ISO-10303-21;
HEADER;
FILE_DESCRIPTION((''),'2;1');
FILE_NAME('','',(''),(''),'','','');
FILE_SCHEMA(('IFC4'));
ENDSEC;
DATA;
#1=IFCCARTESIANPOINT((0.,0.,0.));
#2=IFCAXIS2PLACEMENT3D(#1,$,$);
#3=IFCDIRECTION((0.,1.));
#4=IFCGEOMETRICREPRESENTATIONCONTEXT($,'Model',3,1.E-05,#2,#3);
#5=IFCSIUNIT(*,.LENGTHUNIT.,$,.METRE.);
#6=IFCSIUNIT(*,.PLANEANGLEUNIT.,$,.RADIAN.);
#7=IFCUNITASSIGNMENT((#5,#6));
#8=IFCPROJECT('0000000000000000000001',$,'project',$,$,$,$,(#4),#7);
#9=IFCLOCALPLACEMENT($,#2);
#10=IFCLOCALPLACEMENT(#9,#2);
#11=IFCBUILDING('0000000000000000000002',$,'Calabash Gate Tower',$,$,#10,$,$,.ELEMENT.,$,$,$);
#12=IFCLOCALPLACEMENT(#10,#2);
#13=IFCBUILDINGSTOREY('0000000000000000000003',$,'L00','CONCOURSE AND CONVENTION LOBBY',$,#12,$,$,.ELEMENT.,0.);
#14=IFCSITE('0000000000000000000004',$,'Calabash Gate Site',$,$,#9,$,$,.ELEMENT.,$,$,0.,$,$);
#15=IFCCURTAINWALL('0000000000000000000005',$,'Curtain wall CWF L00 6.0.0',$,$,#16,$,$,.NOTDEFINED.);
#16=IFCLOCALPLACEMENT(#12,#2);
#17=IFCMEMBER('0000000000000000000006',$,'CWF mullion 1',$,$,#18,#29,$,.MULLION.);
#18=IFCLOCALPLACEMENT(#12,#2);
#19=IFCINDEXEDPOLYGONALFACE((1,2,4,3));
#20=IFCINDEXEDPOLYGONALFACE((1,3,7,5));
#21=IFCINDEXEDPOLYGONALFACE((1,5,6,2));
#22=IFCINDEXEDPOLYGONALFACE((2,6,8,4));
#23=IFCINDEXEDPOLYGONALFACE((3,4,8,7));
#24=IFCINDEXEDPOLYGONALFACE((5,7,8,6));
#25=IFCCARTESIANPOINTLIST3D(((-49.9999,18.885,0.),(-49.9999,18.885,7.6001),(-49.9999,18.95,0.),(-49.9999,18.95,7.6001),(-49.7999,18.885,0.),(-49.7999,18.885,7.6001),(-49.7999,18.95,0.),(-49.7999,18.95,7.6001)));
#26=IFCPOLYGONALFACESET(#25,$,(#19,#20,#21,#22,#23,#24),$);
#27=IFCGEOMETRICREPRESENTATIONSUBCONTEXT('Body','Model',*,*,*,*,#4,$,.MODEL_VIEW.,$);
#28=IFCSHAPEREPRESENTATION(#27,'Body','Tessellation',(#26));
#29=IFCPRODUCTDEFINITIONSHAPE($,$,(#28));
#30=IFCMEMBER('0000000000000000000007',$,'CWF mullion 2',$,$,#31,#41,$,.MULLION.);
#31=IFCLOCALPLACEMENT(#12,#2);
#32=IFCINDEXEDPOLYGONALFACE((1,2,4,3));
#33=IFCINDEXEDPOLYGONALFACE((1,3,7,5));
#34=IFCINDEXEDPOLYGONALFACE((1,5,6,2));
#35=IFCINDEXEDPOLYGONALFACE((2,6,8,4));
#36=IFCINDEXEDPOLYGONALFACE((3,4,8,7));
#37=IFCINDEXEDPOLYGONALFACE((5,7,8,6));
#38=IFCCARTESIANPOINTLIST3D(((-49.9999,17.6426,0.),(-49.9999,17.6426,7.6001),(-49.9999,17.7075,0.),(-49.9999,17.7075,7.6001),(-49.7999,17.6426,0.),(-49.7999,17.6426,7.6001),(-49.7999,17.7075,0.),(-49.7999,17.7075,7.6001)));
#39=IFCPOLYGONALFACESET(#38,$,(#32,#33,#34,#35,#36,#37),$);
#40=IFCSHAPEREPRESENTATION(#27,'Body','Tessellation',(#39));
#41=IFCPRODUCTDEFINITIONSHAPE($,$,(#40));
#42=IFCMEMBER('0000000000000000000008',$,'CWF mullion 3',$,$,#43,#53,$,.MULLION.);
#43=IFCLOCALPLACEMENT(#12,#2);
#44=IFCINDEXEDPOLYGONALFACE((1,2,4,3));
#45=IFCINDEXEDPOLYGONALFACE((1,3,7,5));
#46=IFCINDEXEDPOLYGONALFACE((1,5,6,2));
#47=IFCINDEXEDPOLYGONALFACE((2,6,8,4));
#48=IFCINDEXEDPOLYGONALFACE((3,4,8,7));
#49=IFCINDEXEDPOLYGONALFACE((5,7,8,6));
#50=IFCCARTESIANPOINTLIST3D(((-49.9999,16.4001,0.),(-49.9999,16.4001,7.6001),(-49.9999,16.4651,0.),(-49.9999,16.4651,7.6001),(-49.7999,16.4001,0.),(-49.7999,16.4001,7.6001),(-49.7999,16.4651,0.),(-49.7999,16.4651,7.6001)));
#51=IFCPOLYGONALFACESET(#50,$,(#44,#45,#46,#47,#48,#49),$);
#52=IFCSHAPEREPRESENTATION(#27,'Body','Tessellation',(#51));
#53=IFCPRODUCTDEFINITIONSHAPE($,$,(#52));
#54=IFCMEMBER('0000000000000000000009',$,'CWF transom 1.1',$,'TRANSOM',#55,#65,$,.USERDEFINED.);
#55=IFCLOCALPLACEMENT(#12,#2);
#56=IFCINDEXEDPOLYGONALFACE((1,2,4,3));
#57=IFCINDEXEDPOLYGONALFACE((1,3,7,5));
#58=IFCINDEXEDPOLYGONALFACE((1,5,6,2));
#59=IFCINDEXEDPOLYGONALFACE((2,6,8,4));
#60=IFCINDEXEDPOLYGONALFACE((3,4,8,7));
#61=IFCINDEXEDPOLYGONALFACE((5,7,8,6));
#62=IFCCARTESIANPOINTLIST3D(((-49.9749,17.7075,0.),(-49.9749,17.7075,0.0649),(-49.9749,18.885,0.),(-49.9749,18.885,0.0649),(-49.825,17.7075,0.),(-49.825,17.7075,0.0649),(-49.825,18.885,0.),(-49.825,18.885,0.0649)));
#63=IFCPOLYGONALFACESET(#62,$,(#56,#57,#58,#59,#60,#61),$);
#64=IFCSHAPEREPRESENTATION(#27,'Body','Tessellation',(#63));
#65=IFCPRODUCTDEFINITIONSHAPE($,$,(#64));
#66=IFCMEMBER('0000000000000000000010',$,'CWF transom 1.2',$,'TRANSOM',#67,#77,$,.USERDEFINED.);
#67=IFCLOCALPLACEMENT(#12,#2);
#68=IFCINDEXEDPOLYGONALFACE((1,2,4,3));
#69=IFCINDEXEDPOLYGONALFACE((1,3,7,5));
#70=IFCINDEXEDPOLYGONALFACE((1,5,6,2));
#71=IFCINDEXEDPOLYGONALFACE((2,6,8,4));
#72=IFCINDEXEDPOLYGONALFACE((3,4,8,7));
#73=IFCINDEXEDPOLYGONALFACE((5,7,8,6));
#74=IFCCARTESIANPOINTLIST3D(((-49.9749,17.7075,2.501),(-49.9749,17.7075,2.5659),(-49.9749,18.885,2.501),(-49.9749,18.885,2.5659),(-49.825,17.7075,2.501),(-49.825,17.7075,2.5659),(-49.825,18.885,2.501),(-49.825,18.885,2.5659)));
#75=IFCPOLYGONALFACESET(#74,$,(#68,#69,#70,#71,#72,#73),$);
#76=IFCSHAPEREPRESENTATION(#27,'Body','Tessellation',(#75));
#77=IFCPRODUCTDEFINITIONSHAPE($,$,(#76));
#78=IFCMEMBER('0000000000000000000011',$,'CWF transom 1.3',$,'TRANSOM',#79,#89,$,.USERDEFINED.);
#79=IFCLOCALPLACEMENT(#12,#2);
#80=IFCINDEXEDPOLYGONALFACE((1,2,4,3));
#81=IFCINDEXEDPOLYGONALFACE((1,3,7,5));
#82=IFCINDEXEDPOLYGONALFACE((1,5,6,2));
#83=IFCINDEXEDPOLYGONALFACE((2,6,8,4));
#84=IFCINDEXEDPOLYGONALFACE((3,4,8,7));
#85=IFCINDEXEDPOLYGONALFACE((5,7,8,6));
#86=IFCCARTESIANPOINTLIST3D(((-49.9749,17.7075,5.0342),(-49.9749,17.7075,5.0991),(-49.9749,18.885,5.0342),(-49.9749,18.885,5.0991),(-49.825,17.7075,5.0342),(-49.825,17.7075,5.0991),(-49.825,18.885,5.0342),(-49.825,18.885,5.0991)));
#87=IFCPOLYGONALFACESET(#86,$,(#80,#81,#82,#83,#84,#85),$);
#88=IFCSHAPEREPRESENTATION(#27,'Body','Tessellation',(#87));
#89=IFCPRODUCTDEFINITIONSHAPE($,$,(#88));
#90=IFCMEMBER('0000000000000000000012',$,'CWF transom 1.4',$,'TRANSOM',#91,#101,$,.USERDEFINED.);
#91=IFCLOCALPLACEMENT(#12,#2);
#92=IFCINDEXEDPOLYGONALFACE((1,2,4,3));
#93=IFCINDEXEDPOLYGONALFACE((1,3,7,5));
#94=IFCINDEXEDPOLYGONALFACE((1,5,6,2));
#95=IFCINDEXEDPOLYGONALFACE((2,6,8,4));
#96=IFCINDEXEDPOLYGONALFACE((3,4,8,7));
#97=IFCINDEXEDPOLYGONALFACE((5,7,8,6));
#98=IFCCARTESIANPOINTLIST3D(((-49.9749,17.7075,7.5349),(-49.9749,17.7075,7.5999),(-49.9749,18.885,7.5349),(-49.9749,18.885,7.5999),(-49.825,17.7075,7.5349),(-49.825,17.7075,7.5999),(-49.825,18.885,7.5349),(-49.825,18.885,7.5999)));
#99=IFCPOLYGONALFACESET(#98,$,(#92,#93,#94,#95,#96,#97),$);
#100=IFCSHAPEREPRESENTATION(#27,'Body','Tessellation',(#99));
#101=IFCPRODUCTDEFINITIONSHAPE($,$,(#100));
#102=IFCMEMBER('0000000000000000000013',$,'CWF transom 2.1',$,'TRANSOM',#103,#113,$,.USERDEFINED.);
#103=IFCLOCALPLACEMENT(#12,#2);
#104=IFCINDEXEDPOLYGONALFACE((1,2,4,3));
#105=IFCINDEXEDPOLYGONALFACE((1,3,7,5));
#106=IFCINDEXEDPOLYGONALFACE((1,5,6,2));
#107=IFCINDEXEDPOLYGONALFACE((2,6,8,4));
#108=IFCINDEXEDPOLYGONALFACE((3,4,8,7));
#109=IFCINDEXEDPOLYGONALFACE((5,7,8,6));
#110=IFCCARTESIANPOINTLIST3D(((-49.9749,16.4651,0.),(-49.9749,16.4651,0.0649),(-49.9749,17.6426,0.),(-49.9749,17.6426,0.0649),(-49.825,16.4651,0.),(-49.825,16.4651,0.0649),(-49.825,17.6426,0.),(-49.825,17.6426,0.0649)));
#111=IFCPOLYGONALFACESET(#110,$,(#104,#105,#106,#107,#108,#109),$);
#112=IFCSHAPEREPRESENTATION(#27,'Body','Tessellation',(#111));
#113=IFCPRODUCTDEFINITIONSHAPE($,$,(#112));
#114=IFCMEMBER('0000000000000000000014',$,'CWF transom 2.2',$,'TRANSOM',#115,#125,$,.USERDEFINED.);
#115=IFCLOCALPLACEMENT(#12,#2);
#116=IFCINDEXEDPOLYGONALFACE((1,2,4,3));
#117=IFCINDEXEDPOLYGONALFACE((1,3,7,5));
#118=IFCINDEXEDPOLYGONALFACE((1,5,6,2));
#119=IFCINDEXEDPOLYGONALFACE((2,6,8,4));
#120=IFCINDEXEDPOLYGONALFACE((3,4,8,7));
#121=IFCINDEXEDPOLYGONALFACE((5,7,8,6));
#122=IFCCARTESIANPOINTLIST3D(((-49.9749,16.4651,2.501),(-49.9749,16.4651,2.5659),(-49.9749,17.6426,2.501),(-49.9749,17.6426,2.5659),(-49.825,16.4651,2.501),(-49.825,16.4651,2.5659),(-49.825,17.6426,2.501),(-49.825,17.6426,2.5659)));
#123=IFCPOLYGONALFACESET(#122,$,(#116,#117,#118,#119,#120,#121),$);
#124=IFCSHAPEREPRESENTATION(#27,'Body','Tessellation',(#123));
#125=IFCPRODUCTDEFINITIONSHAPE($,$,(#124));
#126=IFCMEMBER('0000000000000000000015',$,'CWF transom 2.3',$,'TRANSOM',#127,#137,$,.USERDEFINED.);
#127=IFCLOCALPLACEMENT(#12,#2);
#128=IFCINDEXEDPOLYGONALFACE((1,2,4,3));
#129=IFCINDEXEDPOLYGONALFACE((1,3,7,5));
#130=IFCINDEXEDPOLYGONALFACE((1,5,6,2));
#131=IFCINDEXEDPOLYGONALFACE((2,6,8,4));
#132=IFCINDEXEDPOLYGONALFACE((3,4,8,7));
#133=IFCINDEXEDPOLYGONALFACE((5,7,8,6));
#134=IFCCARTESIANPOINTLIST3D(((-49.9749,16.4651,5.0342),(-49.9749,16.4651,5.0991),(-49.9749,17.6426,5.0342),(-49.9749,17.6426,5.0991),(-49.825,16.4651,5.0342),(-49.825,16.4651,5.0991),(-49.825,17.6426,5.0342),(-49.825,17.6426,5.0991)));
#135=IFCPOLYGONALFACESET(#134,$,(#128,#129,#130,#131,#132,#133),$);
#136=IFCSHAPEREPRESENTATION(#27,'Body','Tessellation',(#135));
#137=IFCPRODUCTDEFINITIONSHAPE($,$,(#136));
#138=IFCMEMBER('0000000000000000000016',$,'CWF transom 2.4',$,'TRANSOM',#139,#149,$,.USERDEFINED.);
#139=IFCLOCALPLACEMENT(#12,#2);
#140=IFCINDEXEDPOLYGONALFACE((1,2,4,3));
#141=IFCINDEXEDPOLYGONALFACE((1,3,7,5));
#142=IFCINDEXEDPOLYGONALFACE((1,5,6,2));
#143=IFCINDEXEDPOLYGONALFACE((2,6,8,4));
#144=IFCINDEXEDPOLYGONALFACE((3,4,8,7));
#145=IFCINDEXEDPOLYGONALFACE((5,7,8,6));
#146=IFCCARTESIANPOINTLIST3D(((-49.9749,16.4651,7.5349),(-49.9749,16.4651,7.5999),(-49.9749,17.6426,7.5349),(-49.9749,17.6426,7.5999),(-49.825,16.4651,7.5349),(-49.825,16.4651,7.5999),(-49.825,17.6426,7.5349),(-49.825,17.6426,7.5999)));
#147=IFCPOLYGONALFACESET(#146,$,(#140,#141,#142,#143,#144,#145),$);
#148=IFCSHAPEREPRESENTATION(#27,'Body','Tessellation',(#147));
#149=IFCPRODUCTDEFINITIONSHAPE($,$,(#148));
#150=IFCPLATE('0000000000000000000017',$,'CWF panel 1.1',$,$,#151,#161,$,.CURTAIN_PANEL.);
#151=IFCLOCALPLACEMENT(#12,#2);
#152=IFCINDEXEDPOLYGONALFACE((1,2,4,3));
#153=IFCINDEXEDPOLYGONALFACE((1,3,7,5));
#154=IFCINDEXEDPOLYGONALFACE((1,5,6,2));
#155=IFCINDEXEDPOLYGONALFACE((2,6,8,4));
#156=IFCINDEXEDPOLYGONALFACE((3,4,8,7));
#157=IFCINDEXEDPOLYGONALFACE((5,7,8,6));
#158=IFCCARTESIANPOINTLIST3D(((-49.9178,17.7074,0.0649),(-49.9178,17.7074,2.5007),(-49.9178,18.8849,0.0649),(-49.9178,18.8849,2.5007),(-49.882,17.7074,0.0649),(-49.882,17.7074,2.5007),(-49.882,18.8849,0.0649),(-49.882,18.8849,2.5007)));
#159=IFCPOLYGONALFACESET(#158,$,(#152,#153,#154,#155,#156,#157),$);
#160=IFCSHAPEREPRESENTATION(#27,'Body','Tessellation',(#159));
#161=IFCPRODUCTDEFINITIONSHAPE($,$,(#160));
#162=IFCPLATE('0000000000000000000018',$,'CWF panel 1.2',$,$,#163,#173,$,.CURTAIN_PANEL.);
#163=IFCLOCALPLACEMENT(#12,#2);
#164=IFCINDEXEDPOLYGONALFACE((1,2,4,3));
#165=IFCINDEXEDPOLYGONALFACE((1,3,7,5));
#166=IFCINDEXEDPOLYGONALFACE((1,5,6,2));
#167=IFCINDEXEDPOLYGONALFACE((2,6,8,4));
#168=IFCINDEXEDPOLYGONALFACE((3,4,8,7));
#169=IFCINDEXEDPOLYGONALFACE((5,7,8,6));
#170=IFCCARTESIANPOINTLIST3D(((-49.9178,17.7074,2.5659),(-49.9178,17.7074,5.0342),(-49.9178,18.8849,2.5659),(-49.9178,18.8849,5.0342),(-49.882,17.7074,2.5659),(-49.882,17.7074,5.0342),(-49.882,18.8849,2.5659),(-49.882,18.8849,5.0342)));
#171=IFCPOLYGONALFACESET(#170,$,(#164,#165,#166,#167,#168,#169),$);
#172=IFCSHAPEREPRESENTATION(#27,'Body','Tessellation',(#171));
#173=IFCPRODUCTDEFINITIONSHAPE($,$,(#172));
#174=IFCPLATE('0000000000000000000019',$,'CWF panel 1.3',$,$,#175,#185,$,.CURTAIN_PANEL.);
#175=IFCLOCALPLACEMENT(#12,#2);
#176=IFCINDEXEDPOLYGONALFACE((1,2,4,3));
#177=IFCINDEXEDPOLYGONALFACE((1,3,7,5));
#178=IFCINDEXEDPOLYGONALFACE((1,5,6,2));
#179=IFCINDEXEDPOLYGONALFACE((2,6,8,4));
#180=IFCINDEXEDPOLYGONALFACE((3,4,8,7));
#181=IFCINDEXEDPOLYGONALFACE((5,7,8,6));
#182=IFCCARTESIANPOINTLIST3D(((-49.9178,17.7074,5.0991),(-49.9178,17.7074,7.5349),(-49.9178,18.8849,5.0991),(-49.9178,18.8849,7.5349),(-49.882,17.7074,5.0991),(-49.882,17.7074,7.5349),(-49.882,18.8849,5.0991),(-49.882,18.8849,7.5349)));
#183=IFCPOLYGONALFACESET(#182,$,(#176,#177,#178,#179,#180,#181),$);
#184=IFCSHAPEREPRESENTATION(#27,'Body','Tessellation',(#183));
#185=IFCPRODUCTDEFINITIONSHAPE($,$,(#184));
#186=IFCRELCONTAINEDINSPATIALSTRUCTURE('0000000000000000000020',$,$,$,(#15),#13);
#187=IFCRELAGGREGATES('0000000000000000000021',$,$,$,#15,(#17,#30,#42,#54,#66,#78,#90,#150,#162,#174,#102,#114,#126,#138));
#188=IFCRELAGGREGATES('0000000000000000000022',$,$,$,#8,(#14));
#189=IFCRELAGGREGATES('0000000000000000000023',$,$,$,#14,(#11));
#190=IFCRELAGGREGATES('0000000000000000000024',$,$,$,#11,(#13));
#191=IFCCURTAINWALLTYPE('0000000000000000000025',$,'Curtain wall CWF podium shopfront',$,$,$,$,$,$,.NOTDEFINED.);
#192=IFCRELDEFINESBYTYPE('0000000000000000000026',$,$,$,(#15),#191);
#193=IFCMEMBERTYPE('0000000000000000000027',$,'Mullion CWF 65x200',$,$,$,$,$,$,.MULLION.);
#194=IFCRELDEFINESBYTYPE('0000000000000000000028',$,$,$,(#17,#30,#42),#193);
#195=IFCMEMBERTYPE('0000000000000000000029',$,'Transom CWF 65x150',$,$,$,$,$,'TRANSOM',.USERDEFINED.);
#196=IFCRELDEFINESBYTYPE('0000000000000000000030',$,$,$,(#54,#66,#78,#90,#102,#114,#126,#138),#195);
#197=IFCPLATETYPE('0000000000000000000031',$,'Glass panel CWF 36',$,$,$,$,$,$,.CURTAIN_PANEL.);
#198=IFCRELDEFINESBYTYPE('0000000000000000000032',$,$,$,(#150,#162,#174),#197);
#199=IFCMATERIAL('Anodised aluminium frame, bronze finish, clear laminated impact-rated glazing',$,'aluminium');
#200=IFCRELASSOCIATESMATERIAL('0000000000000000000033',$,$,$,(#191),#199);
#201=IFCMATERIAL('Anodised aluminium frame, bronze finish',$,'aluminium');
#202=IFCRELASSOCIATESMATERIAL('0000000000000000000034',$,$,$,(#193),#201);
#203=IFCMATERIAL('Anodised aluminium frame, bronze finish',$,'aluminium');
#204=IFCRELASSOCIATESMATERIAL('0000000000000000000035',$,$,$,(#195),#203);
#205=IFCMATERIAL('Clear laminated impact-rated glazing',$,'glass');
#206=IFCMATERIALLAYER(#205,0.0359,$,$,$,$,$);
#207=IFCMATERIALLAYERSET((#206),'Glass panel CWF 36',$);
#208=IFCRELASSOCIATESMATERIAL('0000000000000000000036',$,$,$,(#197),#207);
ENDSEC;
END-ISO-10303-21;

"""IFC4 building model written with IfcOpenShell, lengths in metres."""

from ifc_helpers import new_model, si_unit, direction, frame, origin, origin_2d, place, context, subcontext, project, spatial, rectangle, extrude, material, layer, layer_set, material_profile, profile_set, type_object, element, aggregate, save


model = new_model("IFC4")

# Units and contexts
model_context = context("Model", 3, precision=1e-05, world=origin(), true_north=direction((0.0, 1.0)))
body_context = subcontext(model_context, "Body", "Model", "MODEL_VIEW")
ifc_project = project(units=[si_unit("LENGTHUNIT", "METRE"), si_unit("PLANEANGLEUNIT", "RADIAN")], contexts=[model_context])

# Site, building, storey
site_placement = place(None, origin())
site = spatial("IfcSite", under=ifc_project, at=site_placement, Name="Calabash Gate Site", CompositionType="ELEMENT", RefElevation=0.0)
building_placement = place(site_placement, origin())
building = spatial("IfcBuilding", under=site, at=building_placement, Name="Calabash Gate Tower", CompositionType="ELEMENT")
storey_placement = place(building_placement, origin())
storey = spatial("IfcBuildingStorey", under=building, at=storey_placement, Name="L00", Description="CONCOURSE AND CONVENTION LOBBY", CompositionType="ELEMENT", Elevation=0.0)

# Curtain wall, members, plates
ifc_material_1 = material(Name="Anodised aluminium frame, bronze finish, clear laminated impact-rated glazing", Category="aluminium")
curtain_wall_type = type_object("IfcCurtainWallType", Name="Curtain wall CWF podium shopfront", PredefinedType="NOTDEFINED", material=ifc_material_1)
curtain_wall_placement = place(storey_placement, origin())
curtain_wall = element("IfcCurtainWall", 1, at=curtain_wall_placement, inside=storey, type_object=curtain_wall_type, Name="Curtain wall CWF L00 6.0.0", PredefinedType="NOTDEFINED")
ifc_material_2 = material(Name="Anodised aluminium frame, bronze finish", Category="aluminium")
ifc_material_profile_1 = material_profile(ifc_material_2, rectangle(XDim=0.2, YDim=0.0649, at=origin_2d()))
ifc_profile_set_1 = profile_set([ifc_material_profile_1], Name="Anodised aluminium frame, bronze finish")
member_type_1 = type_object("IfcMemberType", Name="Mullion CWF 65x200", PredefinedType="MULLION", material=ifc_profile_set_1)
member_1_placement = place(storey_placement, frame((-49.8999, 18.9175, 0.0), z_axis=(0.0, 0.0, 1.0), x_axis=(1.0, 0.0, 0.0)))
member_1 = element("IfcMember", 2, at=member_1_placement, type_object=member_type_1, Name="CWF mullion 1", PredefinedType="MULLION", context=body_context, shape_type="SweptSolid", body=[
    extrude(rectangle(XDim=0.2, YDim=0.0649, at=origin_2d()), origin(), (0.0, 0.0, 1.0), 7.6001),
])
member_2_placement = place(storey_placement, frame((-49.8999, 17.675, 0.0), z_axis=(0.0, 0.0, 1.0), x_axis=(1.0, 0.0, 0.0)))
member_2 = element("IfcMember", 3, at=member_2_placement, type_object=member_type_1, Name="CWF mullion 2", PredefinedType="MULLION", context=body_context, shape_type="SweptSolid", body=[
    extrude(rectangle(XDim=0.2, YDim=0.0649, at=origin_2d()), origin(), (0.0, 0.0, 1.0), 7.6001),
])
member_3_placement = place(storey_placement, frame((-49.8999, 16.4326, 0.0), z_axis=(0.0, 0.0, 1.0), x_axis=(1.0, 0.0, 0.0)))
member_3 = element("IfcMember", 4, at=member_3_placement, type_object=member_type_1, Name="CWF mullion 3", PredefinedType="MULLION", context=body_context, shape_type="SweptSolid", body=[
    extrude(rectangle(XDim=0.2, YDim=0.0649, at=origin_2d()), origin(), (0.0, 0.0, 1.0), 7.6001),
])
ifc_material_3 = material(Name="Anodised aluminium frame, bronze finish", Category="aluminium")
ifc_material_profile_2 = material_profile(ifc_material_3, rectangle(XDim=0.1499, YDim=0.0649, at=origin_2d()))
ifc_profile_set_2 = profile_set([ifc_material_profile_2], Name="Anodised aluminium frame, bronze finish")
member_type_2 = type_object("IfcMemberType", Name="Transom CWF 65x150", ElementType="TRANSOM", PredefinedType="USERDEFINED", material=ifc_profile_set_2)
member_4_placement = place(storey_placement, frame((-49.8999, 18.885, 0.0325), z_axis=(0.0, -1.0, 0.0), x_axis=(1.0, 0.0, 0.0)))
member_4 = element("IfcMember", 5, at=member_4_placement, type_object=member_type_2, Name="CWF transom 1.1", ObjectType="TRANSOM", PredefinedType="USERDEFINED", context=body_context, shape_type="SweptSolid", body=[
    extrude(rectangle(XDim=0.1499, YDim=0.0649, at=origin_2d()), origin(), (0.0, 0.0, 1.0), 1.1775),
])
member_5_placement = place(storey_placement, frame((-49.8999, 18.885, 2.5334), z_axis=(0.0, -1.0, 0.0), x_axis=(1.0, 0.0, 0.0)))
member_5 = element("IfcMember", 6, at=member_5_placement, type_object=member_type_2, Name="CWF transom 1.2", ObjectType="TRANSOM", PredefinedType="USERDEFINED", context=body_context, shape_type="SweptSolid", body=[
    extrude(rectangle(XDim=0.1499, YDim=0.0649, at=origin_2d()), origin(), (0.0, 0.0, 1.0), 1.1775),
])
member_6_placement = place(storey_placement, frame((-49.8999, 18.885, 5.0667), z_axis=(0.0, -1.0, 0.0), x_axis=(1.0, 0.0, 0.0)))
member_6 = element("IfcMember", 7, at=member_6_placement, type_object=member_type_2, Name="CWF transom 1.3", ObjectType="TRANSOM", PredefinedType="USERDEFINED", context=body_context, shape_type="SweptSolid", body=[
    extrude(rectangle(XDim=0.1499, YDim=0.0649, at=origin_2d()), origin(), (0.0, 0.0, 1.0), 1.1775),
])
member_7_placement = place(storey_placement, frame((-49.8999, 18.885, 7.5674), z_axis=(0.0, -1.0, 0.0), x_axis=(1.0, 0.0, 0.0)))
member_7 = element("IfcMember", 8, at=member_7_placement, type_object=member_type_2, Name="CWF transom 1.4", ObjectType="TRANSOM", PredefinedType="USERDEFINED", context=body_context, shape_type="SweptSolid", body=[
    extrude(rectangle(XDim=0.1499, YDim=0.0649, at=origin_2d()), origin(), (0.0, 0.0, 1.0), 1.1775),
])
member_8_placement = place(storey_placement, frame((-49.8999, 17.6426, 0.0325), z_axis=(0.0, -1.0, 0.0), x_axis=(1.0, 0.0, 0.0)))
member_8 = element("IfcMember", 9, at=member_8_placement, type_object=member_type_2, Name="CWF transom 2.1", ObjectType="TRANSOM", PredefinedType="USERDEFINED", context=body_context, shape_type="SweptSolid", body=[
    extrude(rectangle(XDim=0.1499, YDim=0.0649, at=origin_2d()), origin(), (0.0, 0.0, 1.0), 1.1775),
])
member_9_placement = place(storey_placement, frame((-49.8999, 17.6426, 2.5334), z_axis=(0.0, -1.0, 0.0), x_axis=(1.0, 0.0, 0.0)))
member_9 = element("IfcMember", 10, at=member_9_placement, type_object=member_type_2, Name="CWF transom 2.2", ObjectType="TRANSOM", PredefinedType="USERDEFINED", context=body_context, shape_type="SweptSolid", body=[
    extrude(rectangle(XDim=0.1499, YDim=0.0649, at=origin_2d()), origin(), (0.0, 0.0, 1.0), 1.1775),
])
member_10_placement = place(storey_placement, frame((-49.8999, 17.6426, 5.0667), z_axis=(0.0, -1.0, 0.0), x_axis=(1.0, 0.0, 0.0)))
member_10 = element("IfcMember", 11, at=member_10_placement, type_object=member_type_2, Name="CWF transom 2.3", ObjectType="TRANSOM", PredefinedType="USERDEFINED", context=body_context, shape_type="SweptSolid", body=[
    extrude(rectangle(XDim=0.1499, YDim=0.0649, at=origin_2d()), origin(), (0.0, 0.0, 1.0), 1.1775),
])
member_11_placement = place(storey_placement, frame((-49.8999, 17.6426, 7.5674), z_axis=(0.0, -1.0, 0.0), x_axis=(1.0, 0.0, 0.0)))
member_11 = element("IfcMember", 12, at=member_11_placement, type_object=member_type_2, Name="CWF transom 2.4", ObjectType="TRANSOM", PredefinedType="USERDEFINED", context=body_context, shape_type="SweptSolid", body=[
    extrude(rectangle(XDim=0.1499, YDim=0.0649, at=origin_2d()), origin(), (0.0, 0.0, 1.0), 1.1775),
])
ifc_material_4 = material(Name="Clear laminated impact-rated glazing", Category="glass")
ifc_layer_1 = layer(ifc_material_4, 0.0359)
ifc_layer_set_1 = layer_set([ifc_layer_1], Name="Glass panel CWF 36")
plate_type = type_object("IfcPlateType", Name="Glass panel CWF 36", PredefinedType="CURTAIN_PANEL", material=ifc_layer_set_1)
plate_1_placement = place(storey_placement, frame((-49.8999, 18.2961, 0.0649), z_axis=(0.0, 0.0, 1.0), x_axis=(0.0, -1.0, 0.0)))
plate_1 = element("IfcPlate", 13, at=plate_1_placement, type_object=plate_type, Name="CWF panel 1.1", PredefinedType="CURTAIN_PANEL", context=body_context, shape_type="SweptSolid", body=[
    extrude(rectangle(XDim=1.1775, YDim=0.0359, at=origin_2d()), origin(), (0.0, 0.0, 1.0), 2.4358),
])
plate_2_placement = place(storey_placement, frame((-49.8999, 18.2961, 2.5659), z_axis=(0.0, 0.0, 1.0), x_axis=(0.0, -1.0, 0.0)))
plate_2 = element("IfcPlate", 14, at=plate_2_placement, type_object=plate_type, Name="CWF panel 1.2", PredefinedType="CURTAIN_PANEL", context=body_context, shape_type="SweptSolid", body=[
    extrude(rectangle(XDim=1.1775, YDim=0.0359, at=origin_2d()), origin(), (0.0, 0.0, 1.0), 2.4683),
])
plate_3_placement = place(storey_placement, frame((-49.8999, 18.2961, 5.0991), z_axis=(0.0, 0.0, 1.0), x_axis=(0.0, -1.0, 0.0)))
plate_3 = element("IfcPlate", 15, at=plate_3_placement, type_object=plate_type, Name="CWF panel 1.3", PredefinedType="CURTAIN_PANEL", context=body_context, shape_type="SweptSolid", body=[
    extrude(rectangle(XDim=1.1775, YDim=0.0359, at=origin_2d()), origin(), (0.0, 0.0, 1.0), 2.4358),
])
aggregate(curtain_wall, [member_1, member_2, member_3, member_4, member_5, member_6, member_7, plate_1, plate_2, plate_3, member_8, member_9, member_10, member_11])

save(model, "model.ifc")
